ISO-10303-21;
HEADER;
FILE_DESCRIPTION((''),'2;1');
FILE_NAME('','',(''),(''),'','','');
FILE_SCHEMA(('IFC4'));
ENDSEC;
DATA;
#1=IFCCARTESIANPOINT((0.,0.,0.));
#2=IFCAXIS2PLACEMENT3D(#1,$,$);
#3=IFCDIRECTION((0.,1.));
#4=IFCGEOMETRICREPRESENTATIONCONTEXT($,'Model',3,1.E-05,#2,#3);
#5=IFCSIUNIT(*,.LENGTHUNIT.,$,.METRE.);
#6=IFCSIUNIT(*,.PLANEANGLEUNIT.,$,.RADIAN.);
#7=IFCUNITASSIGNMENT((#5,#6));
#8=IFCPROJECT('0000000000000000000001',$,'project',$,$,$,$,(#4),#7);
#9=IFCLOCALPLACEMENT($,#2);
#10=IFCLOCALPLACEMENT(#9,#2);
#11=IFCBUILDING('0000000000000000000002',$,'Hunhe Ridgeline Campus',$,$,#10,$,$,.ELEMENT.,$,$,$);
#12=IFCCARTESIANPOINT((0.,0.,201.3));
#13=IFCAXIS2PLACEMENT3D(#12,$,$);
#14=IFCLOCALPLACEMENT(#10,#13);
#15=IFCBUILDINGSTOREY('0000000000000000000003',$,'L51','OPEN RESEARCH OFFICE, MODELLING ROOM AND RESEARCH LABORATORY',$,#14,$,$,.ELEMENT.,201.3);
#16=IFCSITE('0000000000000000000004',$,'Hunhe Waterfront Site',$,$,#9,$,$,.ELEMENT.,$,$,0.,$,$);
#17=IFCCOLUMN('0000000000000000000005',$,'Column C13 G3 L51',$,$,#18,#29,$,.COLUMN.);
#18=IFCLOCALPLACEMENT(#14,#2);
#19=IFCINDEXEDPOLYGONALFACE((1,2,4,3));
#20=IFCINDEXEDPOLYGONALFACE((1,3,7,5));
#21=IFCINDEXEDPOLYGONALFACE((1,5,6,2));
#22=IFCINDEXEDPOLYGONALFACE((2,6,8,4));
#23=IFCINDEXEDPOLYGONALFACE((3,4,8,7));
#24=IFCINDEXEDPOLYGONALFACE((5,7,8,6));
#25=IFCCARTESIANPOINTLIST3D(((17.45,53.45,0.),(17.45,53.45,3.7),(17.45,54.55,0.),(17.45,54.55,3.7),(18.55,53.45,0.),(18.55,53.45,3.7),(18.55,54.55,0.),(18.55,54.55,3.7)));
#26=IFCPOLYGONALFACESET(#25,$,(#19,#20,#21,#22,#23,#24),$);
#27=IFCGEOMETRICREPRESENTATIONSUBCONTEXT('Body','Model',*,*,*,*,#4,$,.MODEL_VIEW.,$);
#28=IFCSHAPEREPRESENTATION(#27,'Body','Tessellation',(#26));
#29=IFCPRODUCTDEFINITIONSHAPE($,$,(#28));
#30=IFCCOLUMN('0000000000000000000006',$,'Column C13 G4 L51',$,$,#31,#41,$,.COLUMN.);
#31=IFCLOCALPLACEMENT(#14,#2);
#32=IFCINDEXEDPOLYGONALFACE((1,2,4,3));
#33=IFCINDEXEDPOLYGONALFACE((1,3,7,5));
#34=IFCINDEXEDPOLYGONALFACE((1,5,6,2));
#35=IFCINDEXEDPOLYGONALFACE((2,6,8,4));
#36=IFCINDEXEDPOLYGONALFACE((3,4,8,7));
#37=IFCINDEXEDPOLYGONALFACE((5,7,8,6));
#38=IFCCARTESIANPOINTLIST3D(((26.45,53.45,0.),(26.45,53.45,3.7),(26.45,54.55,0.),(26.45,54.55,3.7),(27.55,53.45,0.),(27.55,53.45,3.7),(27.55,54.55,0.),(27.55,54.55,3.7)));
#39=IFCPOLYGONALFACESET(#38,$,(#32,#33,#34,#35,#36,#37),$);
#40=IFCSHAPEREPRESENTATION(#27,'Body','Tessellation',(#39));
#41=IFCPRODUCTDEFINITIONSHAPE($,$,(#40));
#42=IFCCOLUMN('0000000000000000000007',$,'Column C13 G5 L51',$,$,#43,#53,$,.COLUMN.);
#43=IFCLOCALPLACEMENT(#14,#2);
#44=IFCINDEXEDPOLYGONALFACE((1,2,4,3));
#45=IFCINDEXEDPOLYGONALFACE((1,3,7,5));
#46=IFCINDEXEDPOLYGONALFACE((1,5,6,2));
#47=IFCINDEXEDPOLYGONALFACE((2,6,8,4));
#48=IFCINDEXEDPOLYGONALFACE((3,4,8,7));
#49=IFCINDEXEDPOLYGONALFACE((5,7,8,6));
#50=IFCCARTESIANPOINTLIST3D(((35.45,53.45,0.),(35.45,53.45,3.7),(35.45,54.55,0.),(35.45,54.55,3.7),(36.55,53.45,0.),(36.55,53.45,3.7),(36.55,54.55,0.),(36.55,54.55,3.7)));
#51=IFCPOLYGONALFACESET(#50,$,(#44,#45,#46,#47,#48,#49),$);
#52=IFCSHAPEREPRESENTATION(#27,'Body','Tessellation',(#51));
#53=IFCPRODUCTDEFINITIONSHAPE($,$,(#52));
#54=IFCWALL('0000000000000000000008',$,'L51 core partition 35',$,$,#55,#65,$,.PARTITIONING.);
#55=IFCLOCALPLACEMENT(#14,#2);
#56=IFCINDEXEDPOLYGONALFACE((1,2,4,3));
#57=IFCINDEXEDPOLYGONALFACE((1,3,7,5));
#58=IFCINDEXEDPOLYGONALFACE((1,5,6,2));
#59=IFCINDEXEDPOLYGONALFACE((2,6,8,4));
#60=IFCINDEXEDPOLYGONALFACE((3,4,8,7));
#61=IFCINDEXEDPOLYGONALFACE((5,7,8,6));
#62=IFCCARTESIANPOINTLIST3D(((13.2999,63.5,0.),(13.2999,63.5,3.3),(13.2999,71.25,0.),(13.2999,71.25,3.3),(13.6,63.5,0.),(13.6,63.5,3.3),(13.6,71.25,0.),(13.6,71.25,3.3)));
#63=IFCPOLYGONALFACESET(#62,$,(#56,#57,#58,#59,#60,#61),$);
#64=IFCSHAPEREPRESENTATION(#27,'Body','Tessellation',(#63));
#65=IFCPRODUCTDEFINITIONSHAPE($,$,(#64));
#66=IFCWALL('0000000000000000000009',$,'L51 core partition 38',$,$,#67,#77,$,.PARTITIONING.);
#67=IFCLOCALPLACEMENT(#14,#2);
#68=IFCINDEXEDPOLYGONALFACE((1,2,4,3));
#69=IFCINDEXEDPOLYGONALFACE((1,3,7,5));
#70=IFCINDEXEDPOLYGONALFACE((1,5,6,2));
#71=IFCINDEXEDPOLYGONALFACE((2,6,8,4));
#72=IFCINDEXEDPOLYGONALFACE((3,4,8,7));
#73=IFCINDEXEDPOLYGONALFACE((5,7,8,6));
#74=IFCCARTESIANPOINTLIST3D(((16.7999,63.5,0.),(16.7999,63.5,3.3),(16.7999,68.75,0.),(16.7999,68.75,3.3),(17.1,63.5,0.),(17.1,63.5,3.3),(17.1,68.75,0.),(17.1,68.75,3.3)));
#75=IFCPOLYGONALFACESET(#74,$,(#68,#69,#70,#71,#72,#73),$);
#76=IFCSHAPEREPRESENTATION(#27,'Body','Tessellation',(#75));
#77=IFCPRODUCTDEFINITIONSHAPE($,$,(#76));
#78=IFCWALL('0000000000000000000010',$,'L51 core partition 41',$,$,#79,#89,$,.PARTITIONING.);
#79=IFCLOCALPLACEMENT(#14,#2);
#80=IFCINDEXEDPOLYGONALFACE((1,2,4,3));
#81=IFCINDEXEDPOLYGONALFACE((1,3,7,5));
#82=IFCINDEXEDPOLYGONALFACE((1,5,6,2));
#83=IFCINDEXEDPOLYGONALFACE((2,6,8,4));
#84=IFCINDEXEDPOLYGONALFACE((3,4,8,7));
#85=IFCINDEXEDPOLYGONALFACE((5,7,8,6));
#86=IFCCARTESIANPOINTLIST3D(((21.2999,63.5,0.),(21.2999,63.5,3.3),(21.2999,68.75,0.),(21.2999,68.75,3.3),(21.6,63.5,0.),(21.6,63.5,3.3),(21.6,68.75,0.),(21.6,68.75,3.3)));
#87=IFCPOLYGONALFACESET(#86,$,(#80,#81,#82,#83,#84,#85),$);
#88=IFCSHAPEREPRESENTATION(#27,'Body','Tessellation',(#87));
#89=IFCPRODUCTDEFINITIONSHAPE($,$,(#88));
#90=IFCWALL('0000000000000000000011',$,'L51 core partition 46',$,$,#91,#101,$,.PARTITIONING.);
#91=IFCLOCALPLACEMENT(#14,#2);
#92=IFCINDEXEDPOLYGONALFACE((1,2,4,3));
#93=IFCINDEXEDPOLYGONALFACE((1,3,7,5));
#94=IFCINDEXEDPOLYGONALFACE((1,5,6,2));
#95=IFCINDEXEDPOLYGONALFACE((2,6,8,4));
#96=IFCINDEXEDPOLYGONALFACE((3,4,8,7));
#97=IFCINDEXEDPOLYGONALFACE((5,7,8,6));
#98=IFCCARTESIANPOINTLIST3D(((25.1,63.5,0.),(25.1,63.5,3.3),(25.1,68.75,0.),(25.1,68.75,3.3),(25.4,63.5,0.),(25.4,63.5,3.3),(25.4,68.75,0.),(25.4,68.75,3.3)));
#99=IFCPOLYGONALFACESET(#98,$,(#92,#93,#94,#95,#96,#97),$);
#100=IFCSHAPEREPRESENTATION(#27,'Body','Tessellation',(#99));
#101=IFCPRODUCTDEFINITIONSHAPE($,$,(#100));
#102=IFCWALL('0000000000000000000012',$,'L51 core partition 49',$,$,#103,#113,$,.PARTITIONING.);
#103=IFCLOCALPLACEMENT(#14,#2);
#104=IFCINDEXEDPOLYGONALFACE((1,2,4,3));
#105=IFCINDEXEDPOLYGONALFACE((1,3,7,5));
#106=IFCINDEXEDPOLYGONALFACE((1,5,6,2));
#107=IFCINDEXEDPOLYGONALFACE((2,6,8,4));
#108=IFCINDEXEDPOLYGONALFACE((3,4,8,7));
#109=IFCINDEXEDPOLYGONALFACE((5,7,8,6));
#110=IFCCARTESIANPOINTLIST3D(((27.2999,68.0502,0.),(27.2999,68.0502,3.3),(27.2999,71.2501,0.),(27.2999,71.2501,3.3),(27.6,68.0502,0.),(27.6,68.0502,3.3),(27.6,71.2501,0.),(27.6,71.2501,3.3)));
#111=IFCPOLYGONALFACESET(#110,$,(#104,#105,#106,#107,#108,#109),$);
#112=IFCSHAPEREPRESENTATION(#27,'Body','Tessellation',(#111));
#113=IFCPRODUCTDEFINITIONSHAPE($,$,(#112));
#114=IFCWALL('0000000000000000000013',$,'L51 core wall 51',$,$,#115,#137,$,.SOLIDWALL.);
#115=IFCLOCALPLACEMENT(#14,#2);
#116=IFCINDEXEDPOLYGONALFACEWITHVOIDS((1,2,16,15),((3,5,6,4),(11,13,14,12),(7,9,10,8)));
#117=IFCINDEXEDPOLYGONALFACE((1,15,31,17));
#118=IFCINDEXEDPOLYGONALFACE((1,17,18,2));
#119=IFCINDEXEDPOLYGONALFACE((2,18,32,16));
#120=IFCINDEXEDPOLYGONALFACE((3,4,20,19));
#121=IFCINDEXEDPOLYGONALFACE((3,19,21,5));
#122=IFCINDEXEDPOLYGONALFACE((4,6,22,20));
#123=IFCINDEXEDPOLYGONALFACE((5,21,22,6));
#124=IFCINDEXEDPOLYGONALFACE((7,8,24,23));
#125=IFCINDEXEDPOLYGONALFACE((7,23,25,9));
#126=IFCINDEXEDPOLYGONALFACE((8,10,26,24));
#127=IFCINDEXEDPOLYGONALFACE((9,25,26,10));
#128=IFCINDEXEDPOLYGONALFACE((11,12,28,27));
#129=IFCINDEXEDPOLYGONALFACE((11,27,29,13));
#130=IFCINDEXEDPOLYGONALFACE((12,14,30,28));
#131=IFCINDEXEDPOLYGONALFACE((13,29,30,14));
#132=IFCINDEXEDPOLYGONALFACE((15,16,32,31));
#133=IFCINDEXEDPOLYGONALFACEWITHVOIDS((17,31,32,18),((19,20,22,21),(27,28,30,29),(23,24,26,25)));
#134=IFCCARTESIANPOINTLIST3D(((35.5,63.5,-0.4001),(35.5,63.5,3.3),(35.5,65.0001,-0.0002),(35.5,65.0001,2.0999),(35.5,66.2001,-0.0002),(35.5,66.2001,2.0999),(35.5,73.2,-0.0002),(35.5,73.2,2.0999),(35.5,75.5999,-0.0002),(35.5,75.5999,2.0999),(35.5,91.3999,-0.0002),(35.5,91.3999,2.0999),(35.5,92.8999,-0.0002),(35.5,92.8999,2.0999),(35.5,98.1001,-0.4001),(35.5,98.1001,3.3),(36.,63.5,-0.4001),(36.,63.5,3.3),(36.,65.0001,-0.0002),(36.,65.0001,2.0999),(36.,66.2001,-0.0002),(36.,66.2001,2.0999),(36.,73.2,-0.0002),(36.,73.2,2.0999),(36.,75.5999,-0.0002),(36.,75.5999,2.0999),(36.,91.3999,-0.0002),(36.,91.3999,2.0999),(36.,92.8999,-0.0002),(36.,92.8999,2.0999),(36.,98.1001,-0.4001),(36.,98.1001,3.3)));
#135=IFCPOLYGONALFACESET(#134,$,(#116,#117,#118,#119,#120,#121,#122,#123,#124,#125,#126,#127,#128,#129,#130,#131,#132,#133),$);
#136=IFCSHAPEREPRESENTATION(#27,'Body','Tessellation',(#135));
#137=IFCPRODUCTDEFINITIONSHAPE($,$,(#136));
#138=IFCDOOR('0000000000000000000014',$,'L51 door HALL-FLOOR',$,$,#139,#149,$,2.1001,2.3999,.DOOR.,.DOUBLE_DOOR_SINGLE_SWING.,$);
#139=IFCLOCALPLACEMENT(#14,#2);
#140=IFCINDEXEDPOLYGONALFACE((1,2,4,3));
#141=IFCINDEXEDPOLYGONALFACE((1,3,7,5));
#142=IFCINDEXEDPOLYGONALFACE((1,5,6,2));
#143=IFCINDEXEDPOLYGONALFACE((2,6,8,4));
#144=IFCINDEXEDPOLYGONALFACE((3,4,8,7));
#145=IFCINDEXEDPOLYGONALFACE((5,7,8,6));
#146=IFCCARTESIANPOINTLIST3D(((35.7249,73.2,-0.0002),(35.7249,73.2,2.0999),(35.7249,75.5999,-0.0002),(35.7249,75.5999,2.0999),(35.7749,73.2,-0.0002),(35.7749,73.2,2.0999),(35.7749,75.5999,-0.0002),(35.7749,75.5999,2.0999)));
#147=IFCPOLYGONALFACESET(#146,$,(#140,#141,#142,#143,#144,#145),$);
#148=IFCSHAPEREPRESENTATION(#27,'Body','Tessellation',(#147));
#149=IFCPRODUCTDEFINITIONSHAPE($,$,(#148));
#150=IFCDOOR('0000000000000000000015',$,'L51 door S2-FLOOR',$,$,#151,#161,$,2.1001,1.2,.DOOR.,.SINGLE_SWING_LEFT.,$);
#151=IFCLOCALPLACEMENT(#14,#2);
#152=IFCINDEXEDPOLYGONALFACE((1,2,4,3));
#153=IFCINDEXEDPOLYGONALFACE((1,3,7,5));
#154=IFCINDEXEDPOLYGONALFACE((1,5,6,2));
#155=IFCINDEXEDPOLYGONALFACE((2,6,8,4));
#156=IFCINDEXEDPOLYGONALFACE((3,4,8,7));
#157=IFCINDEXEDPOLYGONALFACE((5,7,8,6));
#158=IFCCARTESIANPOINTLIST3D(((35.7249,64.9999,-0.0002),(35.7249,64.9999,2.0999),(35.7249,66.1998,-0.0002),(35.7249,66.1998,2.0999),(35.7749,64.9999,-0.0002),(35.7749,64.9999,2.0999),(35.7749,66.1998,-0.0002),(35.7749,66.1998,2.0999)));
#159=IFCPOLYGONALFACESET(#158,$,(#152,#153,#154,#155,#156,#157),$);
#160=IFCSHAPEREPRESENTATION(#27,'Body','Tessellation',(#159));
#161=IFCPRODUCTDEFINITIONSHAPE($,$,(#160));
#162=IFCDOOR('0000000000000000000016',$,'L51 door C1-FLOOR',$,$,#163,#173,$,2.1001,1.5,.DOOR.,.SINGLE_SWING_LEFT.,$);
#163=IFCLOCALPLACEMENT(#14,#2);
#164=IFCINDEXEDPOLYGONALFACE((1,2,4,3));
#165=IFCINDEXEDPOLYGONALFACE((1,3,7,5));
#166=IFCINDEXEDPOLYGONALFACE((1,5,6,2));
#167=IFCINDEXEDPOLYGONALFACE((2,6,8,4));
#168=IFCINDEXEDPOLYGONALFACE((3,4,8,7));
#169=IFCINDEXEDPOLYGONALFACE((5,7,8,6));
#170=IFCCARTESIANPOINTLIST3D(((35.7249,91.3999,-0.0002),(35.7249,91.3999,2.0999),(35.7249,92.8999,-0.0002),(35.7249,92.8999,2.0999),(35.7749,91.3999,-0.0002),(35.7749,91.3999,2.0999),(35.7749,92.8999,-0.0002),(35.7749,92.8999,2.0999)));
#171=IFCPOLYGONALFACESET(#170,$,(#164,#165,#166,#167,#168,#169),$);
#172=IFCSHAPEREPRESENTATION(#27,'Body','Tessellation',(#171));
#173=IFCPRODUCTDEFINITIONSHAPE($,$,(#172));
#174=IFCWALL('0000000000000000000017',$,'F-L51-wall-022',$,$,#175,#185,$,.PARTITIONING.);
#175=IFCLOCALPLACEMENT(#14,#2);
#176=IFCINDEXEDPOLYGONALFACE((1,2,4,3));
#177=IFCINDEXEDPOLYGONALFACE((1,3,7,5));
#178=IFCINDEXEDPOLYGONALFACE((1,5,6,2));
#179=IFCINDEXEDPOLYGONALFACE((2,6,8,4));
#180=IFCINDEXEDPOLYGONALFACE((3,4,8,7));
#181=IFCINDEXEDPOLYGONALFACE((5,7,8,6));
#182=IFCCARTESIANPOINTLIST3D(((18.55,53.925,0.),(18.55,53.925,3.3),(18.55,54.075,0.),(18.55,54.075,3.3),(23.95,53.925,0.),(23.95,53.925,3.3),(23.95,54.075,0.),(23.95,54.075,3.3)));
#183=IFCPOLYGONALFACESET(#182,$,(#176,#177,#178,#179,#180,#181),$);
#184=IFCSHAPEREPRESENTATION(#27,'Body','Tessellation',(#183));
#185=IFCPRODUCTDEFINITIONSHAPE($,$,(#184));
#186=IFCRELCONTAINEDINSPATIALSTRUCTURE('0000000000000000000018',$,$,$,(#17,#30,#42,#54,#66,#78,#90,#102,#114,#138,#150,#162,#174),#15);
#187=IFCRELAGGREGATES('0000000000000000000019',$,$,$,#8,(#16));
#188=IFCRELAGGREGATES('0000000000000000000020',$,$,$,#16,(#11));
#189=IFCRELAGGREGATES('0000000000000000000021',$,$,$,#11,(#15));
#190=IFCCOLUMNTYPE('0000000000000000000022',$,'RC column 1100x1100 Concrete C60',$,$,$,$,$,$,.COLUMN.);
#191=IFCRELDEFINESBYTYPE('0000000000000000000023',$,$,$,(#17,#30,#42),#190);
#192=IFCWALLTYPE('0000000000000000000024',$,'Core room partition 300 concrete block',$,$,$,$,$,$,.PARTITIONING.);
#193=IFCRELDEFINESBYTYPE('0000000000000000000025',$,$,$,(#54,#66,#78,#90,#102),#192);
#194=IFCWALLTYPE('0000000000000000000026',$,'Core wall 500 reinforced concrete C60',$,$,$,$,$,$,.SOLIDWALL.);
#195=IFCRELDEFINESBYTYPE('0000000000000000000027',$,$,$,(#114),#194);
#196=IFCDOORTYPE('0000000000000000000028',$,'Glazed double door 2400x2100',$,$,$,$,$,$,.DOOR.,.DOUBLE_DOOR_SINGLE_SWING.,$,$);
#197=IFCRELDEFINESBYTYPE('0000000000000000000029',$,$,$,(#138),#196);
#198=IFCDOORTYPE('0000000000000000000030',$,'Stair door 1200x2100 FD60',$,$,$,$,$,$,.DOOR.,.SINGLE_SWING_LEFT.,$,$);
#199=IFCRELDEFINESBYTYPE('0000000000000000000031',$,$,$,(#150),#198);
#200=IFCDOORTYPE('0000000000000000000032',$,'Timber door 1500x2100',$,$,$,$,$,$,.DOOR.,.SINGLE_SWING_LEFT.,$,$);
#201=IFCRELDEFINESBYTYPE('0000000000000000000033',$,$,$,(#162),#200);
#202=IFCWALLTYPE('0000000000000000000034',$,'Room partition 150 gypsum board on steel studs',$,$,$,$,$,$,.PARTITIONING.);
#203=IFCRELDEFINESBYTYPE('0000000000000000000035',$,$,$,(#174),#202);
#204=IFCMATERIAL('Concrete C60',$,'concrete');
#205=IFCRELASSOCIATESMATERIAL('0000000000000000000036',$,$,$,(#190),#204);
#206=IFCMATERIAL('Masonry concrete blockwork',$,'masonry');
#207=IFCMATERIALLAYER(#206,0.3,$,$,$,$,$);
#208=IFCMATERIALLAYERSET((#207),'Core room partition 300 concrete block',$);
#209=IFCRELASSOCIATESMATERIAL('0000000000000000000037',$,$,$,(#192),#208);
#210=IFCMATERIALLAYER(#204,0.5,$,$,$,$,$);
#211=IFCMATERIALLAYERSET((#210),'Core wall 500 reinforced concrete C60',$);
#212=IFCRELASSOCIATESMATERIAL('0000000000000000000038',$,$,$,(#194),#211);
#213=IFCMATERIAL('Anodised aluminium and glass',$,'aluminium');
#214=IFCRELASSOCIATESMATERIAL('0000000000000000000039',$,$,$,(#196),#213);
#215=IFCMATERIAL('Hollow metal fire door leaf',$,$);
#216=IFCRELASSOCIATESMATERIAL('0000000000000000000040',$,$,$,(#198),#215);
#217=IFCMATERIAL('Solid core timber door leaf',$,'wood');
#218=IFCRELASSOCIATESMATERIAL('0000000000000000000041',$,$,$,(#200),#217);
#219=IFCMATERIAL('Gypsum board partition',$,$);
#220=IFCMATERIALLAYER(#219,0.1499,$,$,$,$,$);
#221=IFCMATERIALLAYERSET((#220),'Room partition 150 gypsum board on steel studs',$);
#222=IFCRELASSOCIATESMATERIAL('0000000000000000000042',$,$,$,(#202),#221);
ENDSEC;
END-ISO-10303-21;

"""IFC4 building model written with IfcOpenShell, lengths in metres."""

from ifc_helpers import new_model, si_unit, direction, frame, frame_2d, origin, origin_2d, place, context, subcontext, project, spatial, rectangle, extrude, material, layer, layer_set, material_profile, profile_set, type_object, element, fill, save


model = new_model("IFC4")

# Units and contexts
model_context = context("Model", 3, precision=1e-05, world=origin(), true_north=direction((0.0, 1.0)))
body_context = subcontext(model_context, "Body", "Model", "MODEL_VIEW")
ifc_project = project(units=[si_unit("LENGTHUNIT", "METRE"), si_unit("PLANEANGLEUNIT", "RADIAN")], contexts=[model_context])

# Site, building, storey
site_placement = place(None, origin())
site = spatial("IfcSite", under=ifc_project, at=site_placement, Name="Hunhe Waterfront Site", CompositionType="ELEMENT", RefElevation=0.0)
building_placement = place(site_placement, origin())
building = spatial("IfcBuilding", under=site, at=building_placement, Name="Hunhe Ridgeline Campus", CompositionType="ELEMENT")
storey_placement = place(building_placement, frame((0.0, 0.0, 201.3)))
storey = spatial("IfcBuildingStorey", under=building, at=storey_placement, Name="L51", Description="OPEN RESEARCH OFFICE, MODELLING ROOM AND RESEARCH LABORATORY", CompositionType="ELEMENT", Elevation=201.3)

# Columns
ifc_material_1 = material(Name="Concrete C60", Category="concrete")
ifc_material_profile = material_profile(ifc_material_1, rectangle(XDim=1.1001, YDim=1.1001, at=origin_2d()))
ifc_profile_set = profile_set([ifc_material_profile], Name="Concrete C60")
column_type = type_object("IfcColumnType", Name="RC column 1100x1100 Concrete C60", PredefinedType="COLUMN", material=ifc_profile_set)
for number, where, z_axis, x_axis, name in (
    (1, (18.0, 54.0, 0.0), (0.0, 0.0, 1.0), (1.0, 0.0, 0.0), "Column C13 G3 L51"),
    (2, (27.0, 54.0, 0.0), (0.0, 0.0, 1.0), (1.0, 0.0, 0.0), "Column C13 G4 L51"),
    (3, (36.0, 54.0, 0.0), (0.0, 0.0, 1.0), (1.0, 0.0, 0.0), "Column C13 G5 L51"),
):
    element("IfcColumn", number, at=place(storey_placement, frame(where, z_axis=z_axis, x_axis=x_axis)), inside=storey, type_object=column_type, Name=name, PredefinedType="COLUMN", context=body_context, shape_type="SweptSolid", body=[
        extrude(rectangle(XDim=1.1001, YDim=1.1001, at=origin_2d()), origin(), (0.0, 0.0, 1.0), 3.7),
    ])

# Walls
ifc_material_2 = material(Name="Masonry concrete blockwork", Category="masonry")
ifc_layer_1 = layer(ifc_material_2, 0.3)
ifc_layer_set_1 = layer_set([ifc_layer_1], Name="Core room partition 300 concrete block")
wall_type_1 = type_object("IfcWallType", Name="Core room partition 300 concrete block", PredefinedType="PARTITIONING", material=ifc_layer_set_1)
wall_1_placement = place(storey_placement, frame((13.45, 63.5, 0.0), z_axis=(0.0, 0.0, 1.0), x_axis=(0.0, 1.0, 0.0)))
element("IfcWall", 4, at=wall_1_placement, inside=storey, type_object=wall_type_1, Name="L51 core partition 35", PredefinedType="PARTITIONING", context=body_context, shape_type="SweptSolid", body=[
    extrude(rectangle(XDim=7.75, YDim=0.3, at=frame_2d((3.875, 0.0))), origin(), (0.0, 0.0, 1.0), 3.3),
])
for number, where, z_axis, x_axis, name in (
    (5, (16.95, 63.5, 0.0), (0.0, 0.0, 1.0), (0.0, 1.0, 0.0), "L51 core partition 38"),
    (6, (21.45, 63.5, 0.0), (0.0, 0.0, 1.0), (0.0, 1.0, 0.0), "L51 core partition 41"),
    (7, (25.25, 63.5, 0.0), (0.0, 0.0, 1.0), (0.0, 1.0, 0.0), "L51 core partition 46"),
):
    element("IfcWall", number, at=place(storey_placement, frame(where, z_axis=z_axis, x_axis=x_axis)), inside=storey, type_object=wall_type_1, Name=name, PredefinedType="PARTITIONING", context=body_context, shape_type="SweptSolid", body=[
        extrude(rectangle(XDim=5.25, YDim=0.3, at=frame_2d((2.625, 0.0))), origin(), (0.0, 0.0, 1.0), 3.3),
    ])
wall_2_placement = place(storey_placement, frame((27.45, 68.05, 0.0), z_axis=(0.0, 0.0, 1.0), x_axis=(0.0, 1.0, 0.0)))
element("IfcWall", 8, at=wall_2_placement, inside=storey, type_object=wall_type_1, Name="L51 core partition 49", PredefinedType="PARTITIONING", context=body_context, shape_type="SweptSolid", body=[
    extrude(rectangle(XDim=3.2, YDim=0.3, at=frame_2d((1.6001, 0.0))), origin(), (0.0, 0.0, 1.0), 3.3),
])

# Wall, openings, doors
ifc_layer_2 = layer(ifc_material_1, 0.5)
ifc_layer_set_2 = layer_set([ifc_layer_2], Name="Core wall 500 reinforced concrete C60")
wall_type_2 = type_object("IfcWallType", Name="Core wall 500 reinforced concrete C60", PredefinedType="SOLIDWALL", material=ifc_layer_set_2)
wall_3_placement = place(storey_placement, frame((35.75, 63.5, -0.4001), z_axis=(0.0, 0.0, 1.0), x_axis=(0.0, 1.0, 0.0)))
wall_3 = element("IfcWall", 9, at=wall_3_placement, inside=storey, type_object=wall_type_2, Name="L51 core wall 51", PredefinedType="SOLIDWALL", context=body_context, shape_type="SweptSolid", body=[
    extrude(rectangle(XDim=34.6001, YDim=0.5, at=frame_2d((17.3, 0.0))), origin(), (0.0, 0.0, 1.0), 3.7002),
])
opening_1_placement = place(wall_3_placement, frame((9.7, 0.0, 0.3999)))
opening_1 = element("IfcOpeningElement", 10, at=opening_1_placement, cuts=wall_3, PredefinedType="OPENING", context=body_context, shape_type="SweptSolid", body=[
    extrude(rectangle(XDim=2.3999, YDim=2.1001, at=frame_2d((1.2, 1.05))), frame((0.0, 0.25, 0.0), z_axis=(0.0, -1.0, 0.0), x_axis=(1.0, 0.0, 0.0)), (0.0, 0.0, 1.0), 0.5),
])
opening_2_placement = place(wall_3_placement, frame((27.8999, 0.0, 0.3999)))
opening_2 = element("IfcOpeningElement", 11, at=opening_2_placement, cuts=wall_3, PredefinedType="OPENING", context=body_context, shape_type="SweptSolid", body=[
    extrude(rectangle(XDim=1.5, YDim=2.1001, at=frame_2d((0.75, 1.05))), frame((0.0, 0.25, 0.0), z_axis=(0.0, -1.0, 0.0), x_axis=(1.0, 0.0, 0.0)), (0.0, 0.0, 1.0), 0.5),
])
opening_3_placement = place(wall_3_placement, frame((1.5, 0.0, 0.3999)))
opening_3 = element("IfcOpeningElement", 12, at=opening_3_placement, cuts=wall_3, PredefinedType="OPENING", context=body_context, shape_type="SweptSolid", body=[
    extrude(rectangle(XDim=1.2, YDim=2.1001, at=frame_2d((0.6001, 1.05))), frame((0.0, 0.25, 0.0), z_axis=(0.0, -1.0, 0.0), x_axis=(1.0, 0.0, 0.0)), (0.0, 0.0, 1.0), 0.5),
])
ifc_material_3 = material(Name="Anodised aluminium and glass", Category="aluminium")
door_type_1 = type_object("IfcDoorType", Name="Glazed double door 2400x2100", OperationType="DOUBLE_DOOR_SINGLE_SWING", PredefinedType="DOOR", material=ifc_material_3)
door_1_placement = place(opening_1_placement, frame((2.3999, 0.0, 0.0), z_axis=(0.0, 0.0, 1.0), x_axis=(-1.0, 0.0, 0.0)))
door_1 = element("IfcDoor", 13, at=door_1_placement, inside=storey, type_object=door_type_1, Name="L51 door HALL-FLOOR", OperationType="DOUBLE_DOOR_SINGLE_SWING", OverallHeight=2.1001, OverallWidth=2.3999, PredefinedType="DOOR", context=body_context, shape_type="SweptSolid", body=[
    extrude(rectangle(XDim=2.3999, YDim=2.1001, at=frame_2d((1.2, 1.05))), frame((0.0, 0.0249, 0.0), z_axis=(0.0, -1.0, 0.0), x_axis=(1.0, 0.0, 0.0)), (0.0, 0.0, 1.0), 0.05),
])
fill(opening_1, door_1)
ifc_material_4 = material(Name="Hollow metal fire door leaf")
door_type_2 = type_object("IfcDoorType", Name="Stair door 1200x2100 FD60", OperationType="SINGLE_SWING_LEFT", PredefinedType="DOOR", material=ifc_material_4)
door_2_placement = place(opening_3_placement, frame((1.2, 0.0, 0.0), z_axis=(0.0, 0.0, 1.0), x_axis=(-1.0, 0.0, 0.0)))
door_2 = element("IfcDoor", 14, at=door_2_placement, inside=storey, type_object=door_type_2, Name="L51 door S2-FLOOR", OperationType="SINGLE_SWING_LEFT", OverallHeight=2.1001, OverallWidth=1.2, PredefinedType="DOOR", context=body_context, shape_type="SweptSolid", body=[
    extrude(rectangle(XDim=1.2, YDim=2.1001, at=frame_2d((0.6001, 1.05))), frame((0.0, 0.0249, 0.0), z_axis=(0.0, -1.0, 0.0), x_axis=(1.0, 0.0, 0.0)), (0.0, 0.0, 1.0), 0.05),
])
fill(opening_3, door_2)
ifc_material_5 = material(Name="Solid core timber door leaf", Category="wood")
door_type_3 = type_object("IfcDoorType", Name="Timber door 1500x2100", OperationType="SINGLE_SWING_LEFT", PredefinedType="DOOR", material=ifc_material_5)
door_3_placement = place(opening_2_placement, frame((1.5, 0.0, 0.0), z_axis=(0.0, 0.0, 1.0), x_axis=(-1.0, 0.0, 0.0)))
door_3 = element("IfcDoor", 15, at=door_3_placement, inside=storey, type_object=door_type_3, Name="L51 door C1-FLOOR", OperationType="SINGLE_SWING_LEFT", OverallHeight=2.1001, OverallWidth=1.5, PredefinedType="DOOR", context=body_context, shape_type="SweptSolid", body=[
    extrude(rectangle(XDim=1.5, YDim=2.1001, at=frame_2d((0.75, 1.05))), frame((0.0, 0.0249, 0.0), z_axis=(0.0, -1.0, 0.0), x_axis=(1.0, 0.0, 0.0)), (0.0, 0.0, 1.0), 0.05),
])
fill(opening_2, door_3)

# Shared definitions
ifc_material_6 = material(Name="Gypsum board partition")

# Wall
ifc_layer_3 = layer(ifc_material_6, 0.1499)
ifc_layer_set_3 = layer_set([ifc_layer_3], Name="Room partition 150 gypsum board on steel studs")
wall_type_3 = type_object("IfcWallType", Name="Room partition 150 gypsum board on steel studs", PredefinedType="PARTITIONING", material=ifc_layer_set_3)
wall_4_placement = place(storey_placement, frame((18.55, 54.0, 0.0), z_axis=(0.0, 0.0, 1.0), x_axis=(1.0, 0.0, 0.0)))
element("IfcWall", 16, at=wall_4_placement, inside=storey, type_object=wall_type_3, Name="F-L51-wall-022", PredefinedType="PARTITIONING", context=body_context, shape_type="SweptSolid", body=[
    extrude(rectangle(XDim=5.3999, YDim=0.1499, at=frame_2d((2.7, 0.0))), origin(), (0.0, 0.0, 1.0), 3.3),
])

save(model, "model.ifc")
